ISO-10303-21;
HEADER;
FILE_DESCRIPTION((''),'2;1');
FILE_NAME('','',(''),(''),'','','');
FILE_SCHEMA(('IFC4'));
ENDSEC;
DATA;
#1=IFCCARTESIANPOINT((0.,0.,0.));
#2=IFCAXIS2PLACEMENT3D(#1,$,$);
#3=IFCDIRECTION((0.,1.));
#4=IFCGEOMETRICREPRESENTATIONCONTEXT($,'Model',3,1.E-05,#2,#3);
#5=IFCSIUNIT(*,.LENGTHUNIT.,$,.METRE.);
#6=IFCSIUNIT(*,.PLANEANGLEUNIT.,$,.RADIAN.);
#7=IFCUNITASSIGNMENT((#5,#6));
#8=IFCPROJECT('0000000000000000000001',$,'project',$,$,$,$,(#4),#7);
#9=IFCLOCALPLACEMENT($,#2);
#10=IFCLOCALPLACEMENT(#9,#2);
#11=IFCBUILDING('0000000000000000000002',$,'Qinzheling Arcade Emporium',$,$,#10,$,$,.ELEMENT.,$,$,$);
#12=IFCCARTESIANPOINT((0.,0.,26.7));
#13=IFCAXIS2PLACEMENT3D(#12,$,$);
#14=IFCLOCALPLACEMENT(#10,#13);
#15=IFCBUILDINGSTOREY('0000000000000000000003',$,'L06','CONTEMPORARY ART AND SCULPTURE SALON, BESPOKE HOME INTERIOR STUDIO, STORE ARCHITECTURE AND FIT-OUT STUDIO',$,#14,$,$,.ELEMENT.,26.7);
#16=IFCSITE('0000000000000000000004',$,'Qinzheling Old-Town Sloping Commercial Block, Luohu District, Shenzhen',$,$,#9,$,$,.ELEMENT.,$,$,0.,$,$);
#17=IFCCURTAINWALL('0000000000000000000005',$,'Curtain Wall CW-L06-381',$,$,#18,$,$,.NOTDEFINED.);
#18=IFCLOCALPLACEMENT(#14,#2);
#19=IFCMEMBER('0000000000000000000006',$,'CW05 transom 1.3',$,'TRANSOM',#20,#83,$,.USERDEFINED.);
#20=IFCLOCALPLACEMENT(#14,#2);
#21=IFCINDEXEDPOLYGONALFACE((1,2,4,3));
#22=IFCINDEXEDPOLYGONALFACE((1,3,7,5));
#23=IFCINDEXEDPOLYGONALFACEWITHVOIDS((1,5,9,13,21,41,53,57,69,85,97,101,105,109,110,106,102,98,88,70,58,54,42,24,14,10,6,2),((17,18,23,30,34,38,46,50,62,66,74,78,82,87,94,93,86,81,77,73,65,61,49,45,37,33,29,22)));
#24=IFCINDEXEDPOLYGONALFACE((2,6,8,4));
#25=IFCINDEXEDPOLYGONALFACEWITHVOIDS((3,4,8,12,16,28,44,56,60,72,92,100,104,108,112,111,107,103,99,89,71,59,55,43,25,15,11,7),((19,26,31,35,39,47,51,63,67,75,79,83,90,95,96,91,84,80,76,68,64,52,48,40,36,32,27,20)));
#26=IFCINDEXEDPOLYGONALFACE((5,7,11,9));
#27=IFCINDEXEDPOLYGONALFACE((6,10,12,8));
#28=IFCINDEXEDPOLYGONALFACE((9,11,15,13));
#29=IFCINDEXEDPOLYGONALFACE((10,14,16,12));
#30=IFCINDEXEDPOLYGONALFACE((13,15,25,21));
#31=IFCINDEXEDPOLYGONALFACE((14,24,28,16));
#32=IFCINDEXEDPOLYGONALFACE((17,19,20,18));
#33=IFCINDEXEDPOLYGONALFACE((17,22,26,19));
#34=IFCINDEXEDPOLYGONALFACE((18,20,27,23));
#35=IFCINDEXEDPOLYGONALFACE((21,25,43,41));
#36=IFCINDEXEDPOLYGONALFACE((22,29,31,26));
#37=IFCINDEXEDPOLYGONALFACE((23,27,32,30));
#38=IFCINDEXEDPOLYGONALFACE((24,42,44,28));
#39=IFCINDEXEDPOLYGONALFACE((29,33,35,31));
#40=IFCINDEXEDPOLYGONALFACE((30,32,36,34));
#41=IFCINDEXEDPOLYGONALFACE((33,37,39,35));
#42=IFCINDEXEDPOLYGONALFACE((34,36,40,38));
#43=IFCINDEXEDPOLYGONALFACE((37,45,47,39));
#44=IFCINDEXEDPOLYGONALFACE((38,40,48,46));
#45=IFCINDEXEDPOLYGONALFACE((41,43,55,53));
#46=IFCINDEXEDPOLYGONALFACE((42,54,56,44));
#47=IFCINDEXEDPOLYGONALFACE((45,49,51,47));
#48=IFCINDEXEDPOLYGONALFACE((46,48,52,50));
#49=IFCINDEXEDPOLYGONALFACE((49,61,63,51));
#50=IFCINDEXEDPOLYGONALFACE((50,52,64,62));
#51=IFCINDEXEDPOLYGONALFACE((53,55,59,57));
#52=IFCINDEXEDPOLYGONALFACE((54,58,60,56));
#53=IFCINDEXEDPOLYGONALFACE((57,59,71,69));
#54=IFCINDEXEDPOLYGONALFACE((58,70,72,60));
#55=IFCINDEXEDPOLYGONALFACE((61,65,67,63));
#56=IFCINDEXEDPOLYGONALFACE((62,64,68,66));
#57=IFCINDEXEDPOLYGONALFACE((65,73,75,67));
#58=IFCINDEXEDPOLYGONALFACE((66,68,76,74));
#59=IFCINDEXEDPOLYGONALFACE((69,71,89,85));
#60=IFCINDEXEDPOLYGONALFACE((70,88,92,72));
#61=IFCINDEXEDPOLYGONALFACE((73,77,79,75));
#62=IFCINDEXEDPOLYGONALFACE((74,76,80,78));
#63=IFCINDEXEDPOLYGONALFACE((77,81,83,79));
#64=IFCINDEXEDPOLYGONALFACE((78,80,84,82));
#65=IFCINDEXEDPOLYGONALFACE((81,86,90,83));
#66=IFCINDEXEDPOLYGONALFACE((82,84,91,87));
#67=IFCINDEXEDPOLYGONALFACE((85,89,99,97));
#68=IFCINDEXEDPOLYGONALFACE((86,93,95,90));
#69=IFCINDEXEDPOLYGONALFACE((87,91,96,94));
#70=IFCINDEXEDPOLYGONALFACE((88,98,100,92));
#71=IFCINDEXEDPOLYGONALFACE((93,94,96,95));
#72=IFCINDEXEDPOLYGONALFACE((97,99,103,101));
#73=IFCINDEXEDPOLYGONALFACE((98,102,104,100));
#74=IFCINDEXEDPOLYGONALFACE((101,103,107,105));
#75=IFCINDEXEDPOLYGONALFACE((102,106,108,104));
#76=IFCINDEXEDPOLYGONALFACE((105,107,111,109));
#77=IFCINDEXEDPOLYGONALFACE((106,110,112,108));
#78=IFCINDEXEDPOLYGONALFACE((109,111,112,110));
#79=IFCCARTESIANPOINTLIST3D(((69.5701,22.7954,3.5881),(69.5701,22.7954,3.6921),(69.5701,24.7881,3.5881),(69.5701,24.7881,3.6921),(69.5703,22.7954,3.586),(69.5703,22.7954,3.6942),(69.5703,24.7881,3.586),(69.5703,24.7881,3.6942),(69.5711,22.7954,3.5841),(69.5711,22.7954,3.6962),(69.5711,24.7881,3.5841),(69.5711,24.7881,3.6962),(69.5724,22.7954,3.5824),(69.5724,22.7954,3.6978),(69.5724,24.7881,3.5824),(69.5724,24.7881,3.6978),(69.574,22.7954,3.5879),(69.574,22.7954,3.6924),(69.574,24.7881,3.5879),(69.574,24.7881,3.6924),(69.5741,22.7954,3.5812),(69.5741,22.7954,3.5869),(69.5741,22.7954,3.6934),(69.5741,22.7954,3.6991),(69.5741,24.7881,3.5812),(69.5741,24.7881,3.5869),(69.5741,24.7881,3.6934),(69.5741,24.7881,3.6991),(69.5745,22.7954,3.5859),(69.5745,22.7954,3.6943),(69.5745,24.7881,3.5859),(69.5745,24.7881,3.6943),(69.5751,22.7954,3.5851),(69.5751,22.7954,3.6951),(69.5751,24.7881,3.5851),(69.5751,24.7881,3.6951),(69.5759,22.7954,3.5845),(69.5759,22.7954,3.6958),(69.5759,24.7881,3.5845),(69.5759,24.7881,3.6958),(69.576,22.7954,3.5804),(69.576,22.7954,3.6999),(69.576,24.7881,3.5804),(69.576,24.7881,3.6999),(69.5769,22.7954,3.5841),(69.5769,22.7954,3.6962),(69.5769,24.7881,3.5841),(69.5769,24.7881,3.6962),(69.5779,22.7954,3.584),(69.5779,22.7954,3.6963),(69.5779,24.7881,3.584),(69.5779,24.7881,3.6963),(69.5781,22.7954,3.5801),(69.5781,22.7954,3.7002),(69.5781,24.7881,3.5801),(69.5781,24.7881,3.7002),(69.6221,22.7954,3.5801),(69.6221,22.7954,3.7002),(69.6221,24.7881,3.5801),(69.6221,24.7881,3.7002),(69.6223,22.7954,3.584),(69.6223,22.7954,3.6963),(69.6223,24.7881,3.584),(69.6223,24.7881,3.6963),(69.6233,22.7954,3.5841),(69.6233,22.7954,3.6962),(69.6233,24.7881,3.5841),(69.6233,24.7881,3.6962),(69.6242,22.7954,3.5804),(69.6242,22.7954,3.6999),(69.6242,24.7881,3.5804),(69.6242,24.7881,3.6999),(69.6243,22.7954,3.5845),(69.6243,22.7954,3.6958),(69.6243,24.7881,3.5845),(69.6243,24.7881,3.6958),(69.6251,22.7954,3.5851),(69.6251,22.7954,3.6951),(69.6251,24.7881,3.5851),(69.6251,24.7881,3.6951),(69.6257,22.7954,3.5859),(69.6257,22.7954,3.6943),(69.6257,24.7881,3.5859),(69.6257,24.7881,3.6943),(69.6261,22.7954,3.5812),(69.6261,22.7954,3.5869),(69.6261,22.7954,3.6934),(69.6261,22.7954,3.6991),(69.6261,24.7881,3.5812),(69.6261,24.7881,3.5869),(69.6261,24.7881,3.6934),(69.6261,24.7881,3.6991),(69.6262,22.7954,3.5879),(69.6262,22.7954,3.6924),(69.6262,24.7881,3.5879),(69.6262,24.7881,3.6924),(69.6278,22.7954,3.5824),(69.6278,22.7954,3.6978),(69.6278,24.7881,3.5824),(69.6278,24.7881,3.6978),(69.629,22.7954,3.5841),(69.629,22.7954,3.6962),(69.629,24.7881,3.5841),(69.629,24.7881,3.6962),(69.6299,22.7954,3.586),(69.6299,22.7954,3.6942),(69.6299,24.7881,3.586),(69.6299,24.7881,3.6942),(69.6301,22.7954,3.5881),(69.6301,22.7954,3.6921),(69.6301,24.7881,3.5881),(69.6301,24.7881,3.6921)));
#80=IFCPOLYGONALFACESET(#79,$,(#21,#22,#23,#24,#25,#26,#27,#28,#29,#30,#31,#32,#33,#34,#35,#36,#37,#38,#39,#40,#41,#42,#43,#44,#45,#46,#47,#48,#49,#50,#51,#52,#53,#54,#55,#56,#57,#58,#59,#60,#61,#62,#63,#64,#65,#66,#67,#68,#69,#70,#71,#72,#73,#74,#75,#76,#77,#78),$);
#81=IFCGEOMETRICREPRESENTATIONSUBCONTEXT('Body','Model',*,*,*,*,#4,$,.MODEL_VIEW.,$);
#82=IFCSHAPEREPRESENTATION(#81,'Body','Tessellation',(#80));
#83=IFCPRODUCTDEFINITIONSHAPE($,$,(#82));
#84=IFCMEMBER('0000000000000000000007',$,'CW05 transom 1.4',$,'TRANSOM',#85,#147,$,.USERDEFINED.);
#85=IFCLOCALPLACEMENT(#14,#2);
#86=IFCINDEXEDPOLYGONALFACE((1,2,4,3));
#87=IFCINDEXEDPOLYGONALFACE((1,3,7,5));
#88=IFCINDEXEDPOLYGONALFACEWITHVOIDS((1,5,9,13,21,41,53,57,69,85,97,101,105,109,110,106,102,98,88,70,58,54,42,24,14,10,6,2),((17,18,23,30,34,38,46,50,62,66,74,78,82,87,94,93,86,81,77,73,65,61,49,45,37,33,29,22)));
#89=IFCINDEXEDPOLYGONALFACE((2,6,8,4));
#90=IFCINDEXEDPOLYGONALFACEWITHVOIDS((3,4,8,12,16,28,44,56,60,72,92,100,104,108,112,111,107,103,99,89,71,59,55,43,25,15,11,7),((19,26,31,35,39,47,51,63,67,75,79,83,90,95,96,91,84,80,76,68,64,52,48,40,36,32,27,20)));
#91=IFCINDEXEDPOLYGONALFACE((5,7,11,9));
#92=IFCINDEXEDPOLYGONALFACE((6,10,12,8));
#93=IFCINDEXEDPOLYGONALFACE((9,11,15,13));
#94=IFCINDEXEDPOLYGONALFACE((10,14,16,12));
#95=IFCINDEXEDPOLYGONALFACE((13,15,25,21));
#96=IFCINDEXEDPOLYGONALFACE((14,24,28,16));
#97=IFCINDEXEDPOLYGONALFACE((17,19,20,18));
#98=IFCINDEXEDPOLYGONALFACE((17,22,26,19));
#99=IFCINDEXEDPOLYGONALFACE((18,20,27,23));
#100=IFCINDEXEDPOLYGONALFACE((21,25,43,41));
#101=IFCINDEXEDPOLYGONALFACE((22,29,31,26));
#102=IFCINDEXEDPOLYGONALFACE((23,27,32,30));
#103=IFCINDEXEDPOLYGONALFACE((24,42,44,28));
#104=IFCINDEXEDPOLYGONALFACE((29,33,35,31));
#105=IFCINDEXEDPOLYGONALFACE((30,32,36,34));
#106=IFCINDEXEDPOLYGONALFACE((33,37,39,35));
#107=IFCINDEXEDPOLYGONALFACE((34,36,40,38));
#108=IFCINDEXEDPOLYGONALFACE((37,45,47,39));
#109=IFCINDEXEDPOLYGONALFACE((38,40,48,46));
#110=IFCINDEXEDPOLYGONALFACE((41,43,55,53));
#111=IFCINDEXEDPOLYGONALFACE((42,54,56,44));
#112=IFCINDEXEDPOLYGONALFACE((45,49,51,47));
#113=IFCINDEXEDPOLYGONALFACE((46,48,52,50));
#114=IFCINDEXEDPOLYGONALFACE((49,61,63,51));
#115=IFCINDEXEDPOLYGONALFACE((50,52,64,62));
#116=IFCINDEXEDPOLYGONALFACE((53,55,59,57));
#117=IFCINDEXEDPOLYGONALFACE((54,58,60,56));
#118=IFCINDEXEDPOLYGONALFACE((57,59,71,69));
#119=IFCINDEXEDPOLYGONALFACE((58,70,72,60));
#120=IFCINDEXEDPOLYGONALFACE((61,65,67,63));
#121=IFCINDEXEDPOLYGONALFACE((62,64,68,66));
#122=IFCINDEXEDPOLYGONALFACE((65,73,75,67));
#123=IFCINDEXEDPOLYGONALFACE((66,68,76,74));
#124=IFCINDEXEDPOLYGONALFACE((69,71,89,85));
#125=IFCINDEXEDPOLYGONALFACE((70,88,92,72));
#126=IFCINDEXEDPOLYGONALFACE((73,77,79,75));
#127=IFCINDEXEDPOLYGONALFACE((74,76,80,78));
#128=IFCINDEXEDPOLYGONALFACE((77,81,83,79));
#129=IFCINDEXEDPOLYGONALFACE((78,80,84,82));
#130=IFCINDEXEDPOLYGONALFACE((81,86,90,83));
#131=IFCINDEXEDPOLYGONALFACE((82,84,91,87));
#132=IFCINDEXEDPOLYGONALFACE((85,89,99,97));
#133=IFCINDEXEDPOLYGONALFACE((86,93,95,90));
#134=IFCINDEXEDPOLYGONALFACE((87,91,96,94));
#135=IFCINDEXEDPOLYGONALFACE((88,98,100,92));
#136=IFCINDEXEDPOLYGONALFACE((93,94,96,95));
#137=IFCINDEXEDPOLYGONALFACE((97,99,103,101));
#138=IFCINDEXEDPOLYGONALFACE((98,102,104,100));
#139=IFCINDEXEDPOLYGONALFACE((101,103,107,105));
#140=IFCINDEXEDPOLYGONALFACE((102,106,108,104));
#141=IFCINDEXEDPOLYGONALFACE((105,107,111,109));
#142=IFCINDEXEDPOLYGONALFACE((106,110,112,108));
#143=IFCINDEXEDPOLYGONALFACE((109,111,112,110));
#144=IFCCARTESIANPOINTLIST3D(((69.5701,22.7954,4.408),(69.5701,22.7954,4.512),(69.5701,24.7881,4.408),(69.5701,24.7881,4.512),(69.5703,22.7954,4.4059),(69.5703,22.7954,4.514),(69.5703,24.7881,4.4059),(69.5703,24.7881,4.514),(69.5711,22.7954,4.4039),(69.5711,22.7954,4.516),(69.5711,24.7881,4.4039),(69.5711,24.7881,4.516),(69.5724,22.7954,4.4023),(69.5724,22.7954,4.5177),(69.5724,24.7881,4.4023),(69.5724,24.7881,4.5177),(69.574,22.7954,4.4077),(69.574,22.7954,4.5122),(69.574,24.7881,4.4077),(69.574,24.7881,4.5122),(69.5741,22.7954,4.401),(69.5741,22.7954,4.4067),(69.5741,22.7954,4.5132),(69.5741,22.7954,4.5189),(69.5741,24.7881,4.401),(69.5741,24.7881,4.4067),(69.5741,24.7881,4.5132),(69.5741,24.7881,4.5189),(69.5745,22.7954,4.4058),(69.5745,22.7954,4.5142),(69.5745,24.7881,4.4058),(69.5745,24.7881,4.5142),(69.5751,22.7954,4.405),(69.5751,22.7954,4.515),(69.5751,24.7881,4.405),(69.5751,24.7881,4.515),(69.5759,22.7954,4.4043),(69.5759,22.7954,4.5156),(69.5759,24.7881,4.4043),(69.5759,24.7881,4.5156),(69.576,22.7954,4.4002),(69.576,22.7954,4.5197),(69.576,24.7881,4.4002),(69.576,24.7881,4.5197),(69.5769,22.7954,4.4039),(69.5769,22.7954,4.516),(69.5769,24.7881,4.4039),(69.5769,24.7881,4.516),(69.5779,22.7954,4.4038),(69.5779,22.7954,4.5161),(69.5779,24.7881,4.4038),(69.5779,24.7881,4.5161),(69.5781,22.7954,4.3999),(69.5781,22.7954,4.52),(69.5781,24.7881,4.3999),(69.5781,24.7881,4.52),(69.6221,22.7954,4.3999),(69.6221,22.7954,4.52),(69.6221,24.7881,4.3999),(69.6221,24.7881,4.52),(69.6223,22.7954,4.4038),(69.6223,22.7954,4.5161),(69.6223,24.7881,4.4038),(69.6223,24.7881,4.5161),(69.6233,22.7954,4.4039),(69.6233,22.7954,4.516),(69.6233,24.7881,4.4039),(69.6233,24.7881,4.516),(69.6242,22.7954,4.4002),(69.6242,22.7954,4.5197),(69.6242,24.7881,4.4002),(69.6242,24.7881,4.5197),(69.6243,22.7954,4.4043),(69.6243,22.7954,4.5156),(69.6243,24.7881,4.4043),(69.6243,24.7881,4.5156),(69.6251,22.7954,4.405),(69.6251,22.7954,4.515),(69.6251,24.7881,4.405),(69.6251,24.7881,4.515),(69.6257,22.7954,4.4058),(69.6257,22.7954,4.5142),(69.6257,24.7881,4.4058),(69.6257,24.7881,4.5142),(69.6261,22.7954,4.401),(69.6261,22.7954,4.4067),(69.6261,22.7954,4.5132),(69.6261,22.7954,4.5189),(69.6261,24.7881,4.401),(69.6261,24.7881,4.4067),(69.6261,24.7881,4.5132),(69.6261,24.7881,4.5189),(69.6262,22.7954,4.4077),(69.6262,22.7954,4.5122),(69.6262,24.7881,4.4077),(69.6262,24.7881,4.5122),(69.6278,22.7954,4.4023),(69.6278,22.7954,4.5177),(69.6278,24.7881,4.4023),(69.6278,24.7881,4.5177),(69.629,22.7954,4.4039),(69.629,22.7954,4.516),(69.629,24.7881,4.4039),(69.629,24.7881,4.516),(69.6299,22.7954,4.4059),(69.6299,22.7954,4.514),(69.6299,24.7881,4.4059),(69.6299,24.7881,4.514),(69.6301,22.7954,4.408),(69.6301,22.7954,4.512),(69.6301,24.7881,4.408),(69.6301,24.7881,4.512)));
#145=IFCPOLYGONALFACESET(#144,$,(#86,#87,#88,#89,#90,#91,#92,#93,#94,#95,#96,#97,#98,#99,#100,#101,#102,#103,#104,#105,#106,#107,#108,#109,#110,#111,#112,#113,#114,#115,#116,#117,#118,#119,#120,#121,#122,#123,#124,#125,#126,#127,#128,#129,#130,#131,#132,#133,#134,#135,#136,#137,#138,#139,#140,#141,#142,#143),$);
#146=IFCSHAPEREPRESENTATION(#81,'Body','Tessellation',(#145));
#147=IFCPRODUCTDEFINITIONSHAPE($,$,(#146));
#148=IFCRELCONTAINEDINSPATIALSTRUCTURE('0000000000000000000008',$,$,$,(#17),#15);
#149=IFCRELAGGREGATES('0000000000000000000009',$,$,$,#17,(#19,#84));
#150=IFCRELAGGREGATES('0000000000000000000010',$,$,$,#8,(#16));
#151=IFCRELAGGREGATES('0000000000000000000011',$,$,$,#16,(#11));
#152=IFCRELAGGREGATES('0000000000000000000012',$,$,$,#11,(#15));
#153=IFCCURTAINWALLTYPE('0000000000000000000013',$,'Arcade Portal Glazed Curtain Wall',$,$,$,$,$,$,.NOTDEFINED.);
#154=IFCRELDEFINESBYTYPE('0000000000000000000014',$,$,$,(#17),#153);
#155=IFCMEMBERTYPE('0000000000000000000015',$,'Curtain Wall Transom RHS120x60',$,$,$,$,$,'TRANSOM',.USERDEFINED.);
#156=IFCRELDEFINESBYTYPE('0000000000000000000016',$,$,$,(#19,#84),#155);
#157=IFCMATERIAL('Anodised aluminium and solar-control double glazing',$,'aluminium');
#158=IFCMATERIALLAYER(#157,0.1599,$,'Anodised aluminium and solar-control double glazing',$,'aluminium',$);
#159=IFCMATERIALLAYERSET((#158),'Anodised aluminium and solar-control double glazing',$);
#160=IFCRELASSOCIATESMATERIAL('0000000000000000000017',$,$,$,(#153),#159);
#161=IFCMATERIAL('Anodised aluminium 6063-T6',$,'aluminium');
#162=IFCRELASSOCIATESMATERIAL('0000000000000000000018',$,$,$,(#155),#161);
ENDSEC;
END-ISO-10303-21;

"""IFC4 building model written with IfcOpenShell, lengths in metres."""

from ifc_helpers import new_model, si_unit, direction, frame, origin, origin_2d, place, context, subcontext, project, spatial, hollow_rectangle, extrude, material, layer, layer_set, material_profile, profile_set, type_object, element, aggregate, save


model = new_model("IFC4")

# Units and contexts
model_context = context("Model", 3, precision=1e-05, world=origin(), true_north=direction((0.0, 1.0)))
body_context = subcontext(model_context, "Body", "Model", "MODEL_VIEW")
ifc_project = project(units=[si_unit("LENGTHUNIT", "METRE"), si_unit("PLANEANGLEUNIT", "RADIAN")], contexts=[model_context])

# Site, building, storey
site_placement = place(None, origin())
site = spatial("IfcSite", under=ifc_project, at=site_placement, Name="Qinzheling Old-Town Sloping Commercial Block, Luohu District, Shenzhen", CompositionType="ELEMENT", RefElevation=0.0)
building_placement = place(site_placement, origin())
building = spatial("IfcBuilding", under=site, at=building_placement, Name="Qinzheling Arcade Emporium", CompositionType="ELEMENT")
storey_placement = place(building_placement, frame((0.0, 0.0, 26.7)))
storey = spatial("IfcBuildingStorey", under=building, at=storey_placement, Name="L06", Description="CONTEMPORARY ART AND SCULPTURE SALON, BESPOKE HOME INTERIOR STUDIO, STORE ARCHITECTURE AND FIT-OUT STUDIO", CompositionType="ELEMENT", Elevation=26.7)

# Curtain wall, members
ifc_material_1 = material(Name="Anodised aluminium and solar-control double glazing", Category="aluminium")
ifc_layer_1 = layer(ifc_material_1, 0.1599, Name="Anodised aluminium and solar-control double glazing", Category="aluminium")
ifc_layer_set_1 = layer_set([ifc_layer_1], Name="Anodised aluminium and solar-control double glazing")
curtain_wall_type = type_object("IfcCurtainWallType", Name="Arcade Portal Glazed Curtain Wall", PredefinedType="NOTDEFINED", material=ifc_layer_set_1)
curtain_wall_1_placement = place(storey_placement, origin())
curtain_wall_1 = element("IfcCurtainWall", 1, at=curtain_wall_1_placement, inside=storey, type_object=curtain_wall_type, Name="Curtain Wall CW-L06-381", PredefinedType="NOTDEFINED")
ifc_material_2 = material(Name="Anodised aluminium 6063-T6", Category="aluminium")
ifc_material_profile_1 = material_profile(ifc_material_2, hollow_rectangle(XDim=0.0601, YDim=0.1201, WallThickness=0.0039, InnerFilletRadius=0.0039, OuterFilletRadius=0.0081, at=origin_2d()), Name="RHS 120x60x4", Category="aluminium")
ifc_profile_set_1 = profile_set([ifc_material_profile_1], Name="Anodised aluminium 6063-T6")
member_type_1 = type_object("IfcMemberType", Name="Curtain Wall Transom RHS120x60", ElementType="TRANSOM", PredefinedType="USERDEFINED", material=ifc_profile_set_1)
member_1_placement = place(storey_placement, frame((69.6001, 24.7881, 3.6401), z_axis=(0.0, -1.0, 0.0), x_axis=(1.0, 0.0, 0.0)))
member_1 = element("IfcMember", 2, at=member_1_placement, type_object=member_type_1, Name="CW05 transom 1.3", ObjectType="TRANSOM", PredefinedType="USERDEFINED", context=body_context, shape_type="SweptSolid", body=[
    extrude(hollow_rectangle(XDim=0.0601, YDim=0.1201, WallThickness=0.0039, InnerFilletRadius=0.0039, OuterFilletRadius=0.0081, at=origin_2d()), origin(), (0.0, 0.0, 1.0), 1.9927),
])
member_2_placement = place(storey_placement, frame((69.6001, 24.7881, 4.46), z_axis=(0.0, -1.0, 0.0), x_axis=(1.0, 0.0, 0.0)))
member_2 = element("IfcMember", 3, at=member_2_placement, type_object=member_type_1, Name="CW05 transom 1.4", ObjectType="TRANSOM", PredefinedType="USERDEFINED", context=body_context, shape_type="SweptSolid", body=[
    extrude(hollow_rectangle(XDim=0.0601, YDim=0.1201, WallThickness=0.0039, InnerFilletRadius=0.0039, OuterFilletRadius=0.0081, at=origin_2d()), origin(), (0.0, 0.0, 1.0), 1.9927),
])

aggregate(curtain_wall_1, [member_1, member_2])

save(model, "model.ifc")
